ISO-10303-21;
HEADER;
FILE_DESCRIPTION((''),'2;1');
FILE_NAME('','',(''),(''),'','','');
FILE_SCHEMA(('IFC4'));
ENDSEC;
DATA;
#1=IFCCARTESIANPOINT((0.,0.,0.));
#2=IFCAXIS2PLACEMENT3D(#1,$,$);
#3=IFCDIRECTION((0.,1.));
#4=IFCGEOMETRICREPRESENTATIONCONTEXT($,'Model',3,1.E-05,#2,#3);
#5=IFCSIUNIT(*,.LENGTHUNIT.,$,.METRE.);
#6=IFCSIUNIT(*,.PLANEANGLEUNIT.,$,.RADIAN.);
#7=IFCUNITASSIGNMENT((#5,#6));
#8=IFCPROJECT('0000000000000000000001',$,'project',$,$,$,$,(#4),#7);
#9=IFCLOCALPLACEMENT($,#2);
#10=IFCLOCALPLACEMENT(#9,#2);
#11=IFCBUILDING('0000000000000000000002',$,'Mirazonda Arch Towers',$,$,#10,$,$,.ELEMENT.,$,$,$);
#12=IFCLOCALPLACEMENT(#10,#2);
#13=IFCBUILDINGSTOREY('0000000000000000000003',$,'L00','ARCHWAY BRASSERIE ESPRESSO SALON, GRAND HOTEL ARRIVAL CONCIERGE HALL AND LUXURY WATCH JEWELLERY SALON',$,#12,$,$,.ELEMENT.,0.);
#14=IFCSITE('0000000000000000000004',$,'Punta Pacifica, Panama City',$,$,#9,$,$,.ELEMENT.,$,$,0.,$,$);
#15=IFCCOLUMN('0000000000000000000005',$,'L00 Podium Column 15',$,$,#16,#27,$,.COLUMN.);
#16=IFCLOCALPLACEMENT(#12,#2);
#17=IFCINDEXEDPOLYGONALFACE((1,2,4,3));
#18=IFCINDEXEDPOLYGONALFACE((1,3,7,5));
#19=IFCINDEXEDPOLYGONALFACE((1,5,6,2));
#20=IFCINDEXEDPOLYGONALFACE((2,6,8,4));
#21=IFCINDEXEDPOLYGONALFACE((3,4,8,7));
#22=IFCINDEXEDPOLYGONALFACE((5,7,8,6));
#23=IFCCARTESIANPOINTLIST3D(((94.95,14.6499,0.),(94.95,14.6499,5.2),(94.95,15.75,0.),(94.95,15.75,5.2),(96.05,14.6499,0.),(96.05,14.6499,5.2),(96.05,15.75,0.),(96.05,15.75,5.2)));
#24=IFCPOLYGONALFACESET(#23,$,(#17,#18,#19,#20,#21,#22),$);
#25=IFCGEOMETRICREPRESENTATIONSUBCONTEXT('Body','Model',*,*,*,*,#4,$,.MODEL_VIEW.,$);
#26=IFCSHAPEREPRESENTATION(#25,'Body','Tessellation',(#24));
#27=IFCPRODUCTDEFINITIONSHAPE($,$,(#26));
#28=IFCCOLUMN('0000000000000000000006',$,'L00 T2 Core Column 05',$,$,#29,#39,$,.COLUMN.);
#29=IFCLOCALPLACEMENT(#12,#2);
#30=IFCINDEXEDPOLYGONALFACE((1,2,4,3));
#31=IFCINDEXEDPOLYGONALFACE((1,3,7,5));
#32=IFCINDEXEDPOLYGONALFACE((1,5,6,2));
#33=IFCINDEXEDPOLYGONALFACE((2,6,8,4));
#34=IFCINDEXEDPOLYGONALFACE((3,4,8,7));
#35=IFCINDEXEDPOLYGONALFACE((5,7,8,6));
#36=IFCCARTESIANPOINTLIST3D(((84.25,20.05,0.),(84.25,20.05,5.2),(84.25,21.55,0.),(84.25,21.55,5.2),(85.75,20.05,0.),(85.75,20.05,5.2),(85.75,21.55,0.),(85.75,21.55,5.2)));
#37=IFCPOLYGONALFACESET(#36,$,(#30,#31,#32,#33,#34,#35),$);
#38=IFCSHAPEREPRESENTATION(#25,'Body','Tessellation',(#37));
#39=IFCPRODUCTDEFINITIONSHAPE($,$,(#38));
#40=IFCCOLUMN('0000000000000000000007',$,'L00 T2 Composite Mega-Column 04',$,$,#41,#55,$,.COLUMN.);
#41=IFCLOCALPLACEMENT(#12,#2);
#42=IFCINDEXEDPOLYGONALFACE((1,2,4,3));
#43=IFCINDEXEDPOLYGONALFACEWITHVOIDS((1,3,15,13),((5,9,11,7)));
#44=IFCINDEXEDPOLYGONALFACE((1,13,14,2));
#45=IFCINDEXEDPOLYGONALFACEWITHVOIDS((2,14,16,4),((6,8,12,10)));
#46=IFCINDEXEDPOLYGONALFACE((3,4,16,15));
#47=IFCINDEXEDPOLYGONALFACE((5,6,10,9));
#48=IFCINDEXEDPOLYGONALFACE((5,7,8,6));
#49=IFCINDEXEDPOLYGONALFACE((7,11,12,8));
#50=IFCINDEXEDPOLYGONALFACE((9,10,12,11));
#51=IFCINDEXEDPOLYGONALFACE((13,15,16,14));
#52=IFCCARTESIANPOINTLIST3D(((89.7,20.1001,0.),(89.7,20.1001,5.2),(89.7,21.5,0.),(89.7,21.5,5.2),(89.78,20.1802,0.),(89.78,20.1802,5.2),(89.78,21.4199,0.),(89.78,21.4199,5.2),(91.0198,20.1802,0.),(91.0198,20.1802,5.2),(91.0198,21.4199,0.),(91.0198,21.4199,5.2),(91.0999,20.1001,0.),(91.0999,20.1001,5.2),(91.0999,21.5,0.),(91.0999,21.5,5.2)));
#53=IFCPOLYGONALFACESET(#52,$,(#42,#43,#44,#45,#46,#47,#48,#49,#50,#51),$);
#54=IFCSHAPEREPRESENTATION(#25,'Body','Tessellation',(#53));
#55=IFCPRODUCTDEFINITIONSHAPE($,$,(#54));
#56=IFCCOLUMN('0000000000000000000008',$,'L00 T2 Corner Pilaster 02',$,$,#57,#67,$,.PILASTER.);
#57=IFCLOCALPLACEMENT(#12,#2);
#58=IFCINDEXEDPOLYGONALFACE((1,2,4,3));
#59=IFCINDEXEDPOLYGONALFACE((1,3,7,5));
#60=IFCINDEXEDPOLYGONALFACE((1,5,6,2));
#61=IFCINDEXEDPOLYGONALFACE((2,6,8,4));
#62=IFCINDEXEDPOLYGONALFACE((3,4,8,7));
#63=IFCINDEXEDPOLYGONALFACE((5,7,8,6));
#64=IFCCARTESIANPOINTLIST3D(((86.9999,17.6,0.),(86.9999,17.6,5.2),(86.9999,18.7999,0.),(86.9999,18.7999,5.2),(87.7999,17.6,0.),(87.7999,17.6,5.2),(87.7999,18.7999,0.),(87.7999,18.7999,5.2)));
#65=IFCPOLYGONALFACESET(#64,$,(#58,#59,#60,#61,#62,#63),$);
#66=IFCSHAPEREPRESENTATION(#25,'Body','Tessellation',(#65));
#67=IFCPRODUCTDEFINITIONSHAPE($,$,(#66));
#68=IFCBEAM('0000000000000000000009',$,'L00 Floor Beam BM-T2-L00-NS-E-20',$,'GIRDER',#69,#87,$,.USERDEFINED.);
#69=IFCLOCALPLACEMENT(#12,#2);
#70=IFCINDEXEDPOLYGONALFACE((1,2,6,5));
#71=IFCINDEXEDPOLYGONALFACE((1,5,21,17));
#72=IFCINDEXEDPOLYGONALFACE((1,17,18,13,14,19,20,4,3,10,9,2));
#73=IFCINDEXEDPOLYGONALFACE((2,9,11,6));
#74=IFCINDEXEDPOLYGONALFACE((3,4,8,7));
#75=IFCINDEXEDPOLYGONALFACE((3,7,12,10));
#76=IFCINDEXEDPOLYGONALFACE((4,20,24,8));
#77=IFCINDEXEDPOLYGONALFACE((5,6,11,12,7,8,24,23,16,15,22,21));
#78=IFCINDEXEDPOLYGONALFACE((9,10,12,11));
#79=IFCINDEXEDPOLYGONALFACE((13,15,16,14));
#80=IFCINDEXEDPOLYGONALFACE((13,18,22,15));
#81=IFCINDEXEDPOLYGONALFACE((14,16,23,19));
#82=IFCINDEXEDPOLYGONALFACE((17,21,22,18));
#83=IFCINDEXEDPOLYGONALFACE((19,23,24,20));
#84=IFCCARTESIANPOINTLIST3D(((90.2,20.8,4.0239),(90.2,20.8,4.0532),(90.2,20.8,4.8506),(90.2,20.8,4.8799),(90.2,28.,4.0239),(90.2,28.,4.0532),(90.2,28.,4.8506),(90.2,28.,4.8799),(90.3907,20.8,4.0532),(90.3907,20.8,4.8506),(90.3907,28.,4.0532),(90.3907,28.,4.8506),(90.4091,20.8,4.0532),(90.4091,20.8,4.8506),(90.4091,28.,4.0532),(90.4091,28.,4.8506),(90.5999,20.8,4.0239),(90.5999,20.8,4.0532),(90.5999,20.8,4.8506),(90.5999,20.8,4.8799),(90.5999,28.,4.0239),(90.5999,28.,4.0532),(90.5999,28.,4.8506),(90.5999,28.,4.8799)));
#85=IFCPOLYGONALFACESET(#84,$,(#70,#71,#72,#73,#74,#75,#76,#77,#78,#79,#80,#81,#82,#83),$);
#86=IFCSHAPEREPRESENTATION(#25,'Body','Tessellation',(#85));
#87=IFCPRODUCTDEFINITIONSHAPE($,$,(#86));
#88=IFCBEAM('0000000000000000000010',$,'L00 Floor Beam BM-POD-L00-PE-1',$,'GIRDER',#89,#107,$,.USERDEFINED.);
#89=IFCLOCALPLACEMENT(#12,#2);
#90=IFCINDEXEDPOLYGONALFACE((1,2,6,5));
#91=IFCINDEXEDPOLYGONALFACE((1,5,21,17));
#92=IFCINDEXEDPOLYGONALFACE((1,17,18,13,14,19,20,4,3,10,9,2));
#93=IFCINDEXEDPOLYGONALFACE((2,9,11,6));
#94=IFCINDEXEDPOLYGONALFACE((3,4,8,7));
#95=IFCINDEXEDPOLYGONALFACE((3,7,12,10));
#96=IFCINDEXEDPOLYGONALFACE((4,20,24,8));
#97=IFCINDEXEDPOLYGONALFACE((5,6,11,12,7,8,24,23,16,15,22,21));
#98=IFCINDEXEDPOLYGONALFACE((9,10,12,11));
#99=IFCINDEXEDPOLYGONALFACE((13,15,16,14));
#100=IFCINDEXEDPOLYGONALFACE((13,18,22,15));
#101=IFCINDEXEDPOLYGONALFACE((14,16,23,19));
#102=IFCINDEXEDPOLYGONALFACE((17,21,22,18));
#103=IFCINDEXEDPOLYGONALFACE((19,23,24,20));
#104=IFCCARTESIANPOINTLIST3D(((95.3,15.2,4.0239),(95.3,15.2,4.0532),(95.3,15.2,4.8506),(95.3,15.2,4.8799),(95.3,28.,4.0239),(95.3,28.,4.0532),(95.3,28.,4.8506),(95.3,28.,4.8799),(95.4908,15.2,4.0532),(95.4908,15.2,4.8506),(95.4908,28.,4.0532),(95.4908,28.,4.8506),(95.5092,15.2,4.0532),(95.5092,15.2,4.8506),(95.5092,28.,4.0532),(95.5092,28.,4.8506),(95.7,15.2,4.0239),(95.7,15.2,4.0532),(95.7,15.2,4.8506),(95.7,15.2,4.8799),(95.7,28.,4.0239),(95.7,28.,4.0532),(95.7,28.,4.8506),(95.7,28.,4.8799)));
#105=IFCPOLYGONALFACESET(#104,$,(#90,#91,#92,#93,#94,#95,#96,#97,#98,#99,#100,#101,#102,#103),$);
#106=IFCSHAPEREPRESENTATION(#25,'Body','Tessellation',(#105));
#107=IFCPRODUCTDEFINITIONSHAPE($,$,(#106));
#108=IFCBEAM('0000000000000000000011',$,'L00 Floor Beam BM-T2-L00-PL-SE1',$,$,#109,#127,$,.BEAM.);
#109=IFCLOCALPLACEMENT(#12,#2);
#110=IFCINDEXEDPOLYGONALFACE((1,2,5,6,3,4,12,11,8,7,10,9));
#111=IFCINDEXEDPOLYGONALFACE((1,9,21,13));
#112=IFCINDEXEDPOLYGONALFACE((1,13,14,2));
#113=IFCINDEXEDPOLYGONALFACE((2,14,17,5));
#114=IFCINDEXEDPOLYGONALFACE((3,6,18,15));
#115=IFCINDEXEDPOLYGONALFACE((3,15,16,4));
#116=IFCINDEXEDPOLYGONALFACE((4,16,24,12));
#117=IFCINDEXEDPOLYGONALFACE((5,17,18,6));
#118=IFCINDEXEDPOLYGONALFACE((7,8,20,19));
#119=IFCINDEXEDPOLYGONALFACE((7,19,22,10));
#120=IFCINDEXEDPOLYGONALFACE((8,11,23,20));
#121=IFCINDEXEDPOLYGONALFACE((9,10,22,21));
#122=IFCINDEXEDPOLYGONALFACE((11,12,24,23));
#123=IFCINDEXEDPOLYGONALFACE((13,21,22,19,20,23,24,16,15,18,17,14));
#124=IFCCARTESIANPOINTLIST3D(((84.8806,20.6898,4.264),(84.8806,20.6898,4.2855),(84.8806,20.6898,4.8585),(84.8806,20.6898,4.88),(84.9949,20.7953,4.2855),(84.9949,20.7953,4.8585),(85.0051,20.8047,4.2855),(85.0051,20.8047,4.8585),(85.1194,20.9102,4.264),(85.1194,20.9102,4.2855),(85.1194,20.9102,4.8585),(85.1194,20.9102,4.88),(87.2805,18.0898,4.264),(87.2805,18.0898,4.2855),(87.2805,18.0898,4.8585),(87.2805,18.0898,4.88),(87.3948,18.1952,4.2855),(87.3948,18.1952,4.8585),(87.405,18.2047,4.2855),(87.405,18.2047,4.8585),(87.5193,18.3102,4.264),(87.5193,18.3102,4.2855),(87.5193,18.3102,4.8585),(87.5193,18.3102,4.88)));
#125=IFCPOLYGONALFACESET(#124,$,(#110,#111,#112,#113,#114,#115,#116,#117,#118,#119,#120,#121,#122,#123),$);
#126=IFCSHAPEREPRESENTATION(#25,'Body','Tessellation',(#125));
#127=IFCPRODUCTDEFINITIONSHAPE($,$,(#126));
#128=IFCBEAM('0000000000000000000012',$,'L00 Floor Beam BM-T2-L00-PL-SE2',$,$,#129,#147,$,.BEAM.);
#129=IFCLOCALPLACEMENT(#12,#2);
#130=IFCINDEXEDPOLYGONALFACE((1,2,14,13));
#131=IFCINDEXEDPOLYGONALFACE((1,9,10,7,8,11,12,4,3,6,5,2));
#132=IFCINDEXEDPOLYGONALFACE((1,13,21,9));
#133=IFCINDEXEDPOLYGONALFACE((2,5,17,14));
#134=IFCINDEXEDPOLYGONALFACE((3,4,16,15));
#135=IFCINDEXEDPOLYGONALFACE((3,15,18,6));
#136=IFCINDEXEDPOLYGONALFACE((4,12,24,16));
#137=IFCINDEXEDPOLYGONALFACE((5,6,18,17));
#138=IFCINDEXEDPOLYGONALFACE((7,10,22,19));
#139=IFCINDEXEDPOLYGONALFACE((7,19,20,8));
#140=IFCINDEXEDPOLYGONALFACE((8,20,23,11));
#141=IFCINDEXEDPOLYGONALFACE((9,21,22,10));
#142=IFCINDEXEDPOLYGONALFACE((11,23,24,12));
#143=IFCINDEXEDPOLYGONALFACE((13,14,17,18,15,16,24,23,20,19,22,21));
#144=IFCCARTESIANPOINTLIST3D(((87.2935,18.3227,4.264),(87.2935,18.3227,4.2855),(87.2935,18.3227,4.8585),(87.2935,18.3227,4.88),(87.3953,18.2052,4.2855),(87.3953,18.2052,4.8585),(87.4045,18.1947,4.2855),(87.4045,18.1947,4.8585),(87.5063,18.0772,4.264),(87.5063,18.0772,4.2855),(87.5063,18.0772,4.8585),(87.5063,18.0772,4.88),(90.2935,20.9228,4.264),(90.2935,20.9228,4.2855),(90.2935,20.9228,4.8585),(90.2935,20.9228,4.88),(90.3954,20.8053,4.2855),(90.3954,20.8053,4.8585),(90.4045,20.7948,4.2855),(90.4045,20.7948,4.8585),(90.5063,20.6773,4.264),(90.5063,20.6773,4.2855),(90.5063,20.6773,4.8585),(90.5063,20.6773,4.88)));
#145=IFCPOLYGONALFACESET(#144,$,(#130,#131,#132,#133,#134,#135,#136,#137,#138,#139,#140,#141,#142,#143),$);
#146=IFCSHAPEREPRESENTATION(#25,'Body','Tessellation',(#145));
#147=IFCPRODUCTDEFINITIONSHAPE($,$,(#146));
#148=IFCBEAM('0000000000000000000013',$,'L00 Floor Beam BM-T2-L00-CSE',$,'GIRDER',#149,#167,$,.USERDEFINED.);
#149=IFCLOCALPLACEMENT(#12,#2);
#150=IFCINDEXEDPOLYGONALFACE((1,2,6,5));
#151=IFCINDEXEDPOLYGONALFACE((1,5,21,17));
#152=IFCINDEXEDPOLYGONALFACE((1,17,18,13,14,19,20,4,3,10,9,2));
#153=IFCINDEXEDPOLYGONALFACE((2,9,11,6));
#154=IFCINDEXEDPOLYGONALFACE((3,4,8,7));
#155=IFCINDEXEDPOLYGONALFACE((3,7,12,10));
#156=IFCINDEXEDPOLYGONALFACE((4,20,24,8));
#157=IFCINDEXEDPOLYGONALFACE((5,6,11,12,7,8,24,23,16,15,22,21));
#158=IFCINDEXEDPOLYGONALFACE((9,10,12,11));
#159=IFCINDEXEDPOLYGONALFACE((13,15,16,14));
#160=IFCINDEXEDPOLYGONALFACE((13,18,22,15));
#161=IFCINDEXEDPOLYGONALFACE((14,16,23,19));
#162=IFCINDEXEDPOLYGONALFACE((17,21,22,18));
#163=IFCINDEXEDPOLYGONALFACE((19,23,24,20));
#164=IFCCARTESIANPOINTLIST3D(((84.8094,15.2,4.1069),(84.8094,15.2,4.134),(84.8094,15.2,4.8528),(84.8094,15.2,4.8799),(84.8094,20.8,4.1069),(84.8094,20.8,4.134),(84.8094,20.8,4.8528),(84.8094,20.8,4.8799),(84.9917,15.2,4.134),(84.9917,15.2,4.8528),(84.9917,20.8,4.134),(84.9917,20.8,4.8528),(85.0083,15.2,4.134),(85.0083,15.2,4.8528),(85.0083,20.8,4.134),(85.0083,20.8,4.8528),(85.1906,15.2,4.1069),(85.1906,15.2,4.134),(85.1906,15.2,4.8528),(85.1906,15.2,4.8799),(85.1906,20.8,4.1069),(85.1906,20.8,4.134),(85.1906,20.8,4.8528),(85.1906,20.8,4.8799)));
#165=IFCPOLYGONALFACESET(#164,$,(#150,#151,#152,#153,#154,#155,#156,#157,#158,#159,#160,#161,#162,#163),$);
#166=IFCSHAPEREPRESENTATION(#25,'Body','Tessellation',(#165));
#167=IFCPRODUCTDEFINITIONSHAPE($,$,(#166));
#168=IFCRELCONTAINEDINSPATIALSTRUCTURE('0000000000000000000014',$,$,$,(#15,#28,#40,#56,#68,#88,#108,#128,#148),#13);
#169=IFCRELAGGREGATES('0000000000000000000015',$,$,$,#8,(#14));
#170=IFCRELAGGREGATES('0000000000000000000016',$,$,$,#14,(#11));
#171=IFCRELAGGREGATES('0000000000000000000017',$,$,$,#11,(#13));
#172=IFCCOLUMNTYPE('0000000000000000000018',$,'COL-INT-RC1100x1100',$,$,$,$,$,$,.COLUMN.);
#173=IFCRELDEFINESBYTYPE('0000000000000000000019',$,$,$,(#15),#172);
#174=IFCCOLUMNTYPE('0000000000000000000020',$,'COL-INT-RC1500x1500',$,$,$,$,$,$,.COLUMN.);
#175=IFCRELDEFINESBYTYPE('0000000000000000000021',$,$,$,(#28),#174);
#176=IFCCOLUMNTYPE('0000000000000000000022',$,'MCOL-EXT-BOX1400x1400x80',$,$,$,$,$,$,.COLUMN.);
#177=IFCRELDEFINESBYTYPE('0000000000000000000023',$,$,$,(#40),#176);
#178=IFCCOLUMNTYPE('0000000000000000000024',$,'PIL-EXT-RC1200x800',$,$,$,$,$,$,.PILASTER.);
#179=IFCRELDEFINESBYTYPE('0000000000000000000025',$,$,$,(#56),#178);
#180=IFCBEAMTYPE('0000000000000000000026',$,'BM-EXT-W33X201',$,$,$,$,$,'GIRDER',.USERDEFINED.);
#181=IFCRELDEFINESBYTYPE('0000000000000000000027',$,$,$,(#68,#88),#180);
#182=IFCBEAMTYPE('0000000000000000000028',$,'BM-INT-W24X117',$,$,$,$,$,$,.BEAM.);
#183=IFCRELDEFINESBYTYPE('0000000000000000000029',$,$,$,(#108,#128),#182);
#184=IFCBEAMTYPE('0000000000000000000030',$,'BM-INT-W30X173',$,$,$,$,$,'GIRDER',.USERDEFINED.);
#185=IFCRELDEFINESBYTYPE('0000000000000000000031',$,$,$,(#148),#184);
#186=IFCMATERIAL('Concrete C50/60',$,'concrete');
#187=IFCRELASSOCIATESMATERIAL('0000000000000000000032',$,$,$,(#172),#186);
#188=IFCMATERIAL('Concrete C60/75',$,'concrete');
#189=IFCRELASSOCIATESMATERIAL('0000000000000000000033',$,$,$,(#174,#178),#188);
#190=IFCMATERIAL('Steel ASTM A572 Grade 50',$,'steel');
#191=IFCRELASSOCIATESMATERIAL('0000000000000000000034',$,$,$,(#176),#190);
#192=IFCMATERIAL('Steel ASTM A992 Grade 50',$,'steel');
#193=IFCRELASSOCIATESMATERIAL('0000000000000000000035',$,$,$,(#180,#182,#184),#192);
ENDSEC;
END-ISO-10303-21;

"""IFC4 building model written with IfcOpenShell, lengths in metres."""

from ifc_helpers import new_model, si_unit, direction, frame, origin, origin_2d, place, context, subcontext, project, spatial, rectangle, hollow_rectangle, i_section, extrude, material, material_profile, profile_set, type_object, element, save


model = new_model("IFC4")

# Units and contexts
model_context = context("Model", 3, precision=1e-05, world=origin(), true_north=direction((0.0, 1.0)))
body_context = subcontext(model_context, "Body", "Model", "MODEL_VIEW")
ifc_project = project(units=[si_unit("LENGTHUNIT", "METRE"), si_unit("PLANEANGLEUNIT", "RADIAN")], contexts=[model_context])

# Site, building, storey
site_placement = place(None, origin())
site = spatial("IfcSite", under=ifc_project, at=site_placement, Name="Punta Pacifica, Panama City", CompositionType="ELEMENT", RefElevation=0.0)
building_placement = place(site_placement, origin())
building = spatial("IfcBuilding", under=site, at=building_placement, Name="Mirazonda Arch Towers", CompositionType="ELEMENT")
storey_placement = place(building_placement, origin())
storey = spatial("IfcBuildingStorey", under=building, at=storey_placement, Name="L00", Description="ARCHWAY BRASSERIE ESPRESSO SALON, GRAND HOTEL ARRIVAL CONCIERGE HALL AND LUXURY WATCH JEWELLERY SALON", CompositionType="ELEMENT", Elevation=0.0)

# Columns
ifc_material_1 = material(Name="Concrete C50/60", Category="concrete")
ifc_material_profile_1 = material_profile(ifc_material_1, rectangle(XDim=1.1001, YDim=1.1001, at=origin_2d()), Name="RC1100x1100")
ifc_profile_set_1 = profile_set([ifc_material_profile_1], Name="Concrete C50/60")
column_type_1 = type_object("IfcColumnType", Name="COL-INT-RC1100x1100", PredefinedType="COLUMN", material=ifc_profile_set_1)
column_1_placement = place(storey_placement, frame((95.5, 15.2, 0.0), z_axis=(0.0, 0.0, 1.0), x_axis=(1.0, 0.0, 0.0)))
element("IfcColumn", 1, at=column_1_placement, inside=storey, type_object=column_type_1, Name="L00 Podium Column 15", PredefinedType="COLUMN", context=body_context, shape_type="SweptSolid", body=[
    extrude(rectangle(XDim=1.1001, YDim=1.1001, at=origin_2d()), origin(), (0.0, 0.0, 1.0), 5.2),
])
ifc_material_2 = material(Name="Concrete C60/75", Category="concrete")
ifc_material_profile_2 = material_profile(ifc_material_2, rectangle(XDim=1.5, YDim=1.5, at=origin_2d()), Name="RC1500x1500")
ifc_profile_set_2 = profile_set([ifc_material_profile_2], Name="Concrete C60/75")
column_type_2 = type_object("IfcColumnType", Name="COL-INT-RC1500x1500", PredefinedType="COLUMN", material=ifc_profile_set_2)
column_2_placement = place(storey_placement, frame((85.0, 20.8, 0.0), z_axis=(0.0, 0.0, 1.0), x_axis=(1.0, 0.0, 0.0)))
element("IfcColumn", 2, at=column_2_placement, inside=storey, type_object=column_type_2, Name="L00 T2 Core Column 05", PredefinedType="COLUMN", context=body_context, shape_type="SweptSolid", body=[
    extrude(rectangle(XDim=1.5, YDim=1.5, at=origin_2d()), origin(), (0.0, 0.0, 1.0), 5.2),
])
ifc_material_3 = material(Name="Steel ASTM A572 Grade 50", Category="steel")
ifc_material_profile_3 = material_profile(ifc_material_3, hollow_rectangle(XDim=1.3999, YDim=1.3999, WallThickness=0.0801, at=origin_2d()), Name="BOX1400x1400x80")
ifc_profile_set_3 = profile_set([ifc_material_profile_3], Name="Steel ASTM A572 Grade 50")
column_type_3 = type_object("IfcColumnType", Name="MCOL-EXT-BOX1400x1400x80", PredefinedType="COLUMN", material=ifc_profile_set_3)
column_3_placement = place(storey_placement, frame((90.3999, 20.8, 0.0), z_axis=(0.0, 0.0, 1.0), x_axis=(1.0, 0.0, 0.0)))
element("IfcColumn", 3, at=column_3_placement, inside=storey, type_object=column_type_3, Name="L00 T2 Composite Mega-Column 04", PredefinedType="COLUMN", context=body_context, shape_type="SweptSolid", body=[
    extrude(hollow_rectangle(XDim=1.3999, YDim=1.3999, WallThickness=0.0801, at=origin_2d()), origin(), (0.0, 0.0, 1.0), 5.2),
])
ifc_material_profile_4 = material_profile(ifc_material_2, rectangle(XDim=0.8, YDim=1.2, at=origin_2d()), Name="RC1200x800")
ifc_profile_set_4 = profile_set([ifc_material_profile_4], Name="Concrete C60/75")
column_type_4 = type_object("IfcColumnType", Name="PIL-EXT-RC1200x800", PredefinedType="PILASTER", material=ifc_profile_set_4)
column_4_placement = place(storey_placement, frame((87.3999, 18.2, 0.0), z_axis=(0.0, 0.0, 1.0), x_axis=(1.0, 0.0, 0.0)))
element("IfcColumn", 4, at=column_4_placement, inside=storey, type_object=column_type_4, Name="L00 T2 Corner Pilaster 02", PredefinedType="PILASTER", context=body_context, shape_type="SweptSolid", body=[
    extrude(rectangle(XDim=0.8, YDim=1.2, at=origin_2d()), origin(), (0.0, 0.0, 1.0), 5.2),
])

# Beams
ifc_material_4 = material(Name="Steel ASTM A992 Grade 50", Category="steel")
ifc_material_profile_5 = material_profile(ifc_material_4, i_section(OverallWidth=0.3999, OverallDepth=0.856, WebThickness=0.0183, FlangeThickness=0.0293, at=origin_2d()), Name="W33X201")
ifc_profile_set_5 = profile_set([ifc_material_profile_5], Name="Steel ASTM A992 Grade 50")
beam_type_1 = type_object("IfcBeamType", Name="BM-EXT-W33X201", ElementType="GIRDER", PredefinedType="USERDEFINED", material=ifc_profile_set_5)
beam_1_placement = place(storey_placement, frame((90.3999, 20.8, 4.4519), z_axis=(0.0, 1.0, 0.0), x_axis=(-1.0, 0.0, 0.0)))
element("IfcBeam", 5, at=beam_1_placement, inside=storey, type_object=beam_type_1, Name="L00 Floor Beam BM-T2-L00-NS-E-20", ObjectType="GIRDER", PredefinedType="USERDEFINED", context=body_context, shape_type="SweptSolid", body=[
    extrude(i_section(OverallWidth=0.3999, OverallDepth=0.856, WebThickness=0.0183, FlangeThickness=0.0293, at=origin_2d()), origin(), (0.0, 0.0, 1.0), 7.2),
])
beam_2_placement = place(storey_placement, frame((95.5, 15.2, 4.4519), z_axis=(0.0, 1.0, 0.0), x_axis=(-1.0, 0.0, 0.0)))
element("IfcBeam", 6, at=beam_2_placement, inside=storey, type_object=beam_type_1, Name="L00 Floor Beam BM-POD-L00-PE-1", ObjectType="GIRDER", PredefinedType="USERDEFINED", context=body_context, shape_type="SweptSolid", body=[
    extrude(i_section(OverallWidth=0.3999, OverallDepth=0.856, WebThickness=0.0183, FlangeThickness=0.0293, at=origin_2d()), origin(), (0.0, 0.0, 1.0), 12.8),
])
ifc_material_profile_6 = material_profile(ifc_material_4, i_section(OverallWidth=0.325, OverallDepth=0.616, WebThickness=0.0139, FlangeThickness=0.0215, at=origin_2d()), Name="W24X117")
ifc_profile_set_6 = profile_set([ifc_material_profile_6], Name="Steel ASTM A992 Grade 50")
beam_type_2 = type_object("IfcBeamType", Name="BM-INT-W24X117", PredefinedType="BEAM", material=ifc_profile_set_6)
beam_3_placement = place(storey_placement, frame((87.3999, 18.2, 4.572), z_axis=(-0.678251, 0.73483, 0.0), x_axis=(-0.73483, -0.678251, 0.0)))
element("IfcBeam", 7, at=beam_3_placement, inside=storey, type_object=beam_type_2, Name="L00 Floor Beam BM-T2-L00-PL-SE1", PredefinedType="BEAM", context=body_context, shape_type="SweptSolid", body=[
    extrude(i_section(OverallWidth=0.325, OverallDepth=0.616, WebThickness=0.0139, FlangeThickness=0.0215, at=origin_2d()), origin(), (0.0, 0.0, 1.0), 3.5383),
])
beam_4_placement = place(storey_placement, frame((87.3999, 18.2, 4.572), z_axis=(0.755677, 0.654945, 0.0), x_axis=(-0.654945, 0.755677, 0.0)))
element("IfcBeam", 8, at=beam_4_placement, inside=storey, type_object=beam_type_2, Name="L00 Floor Beam BM-T2-L00-PL-SE2", PredefinedType="BEAM", context=body_context, shape_type="SweptSolid", body=[
    extrude(i_section(OverallWidth=0.325, OverallDepth=0.616, WebThickness=0.0139, FlangeThickness=0.0215, at=origin_2d()), origin(), (0.0, 0.0, 1.0), 3.97),
])
ifc_material_profile_7 = material_profile(ifc_material_4, i_section(OverallWidth=0.3811, OverallDepth=0.7729, WebThickness=0.0166, FlangeThickness=0.0271, at=origin_2d()), Name="W30X173")
ifc_profile_set_7 = profile_set([ifc_material_profile_7], Name="Steel ASTM A992 Grade 50")
beam_type_3 = type_object("IfcBeamType", Name="BM-INT-W30X173", ElementType="GIRDER", PredefinedType="USERDEFINED", material=ifc_profile_set_7)
beam_5_placement = place(storey_placement, frame((85.0, 15.2, 4.4934), z_axis=(0.0, 1.0, 0.0), x_axis=(-1.0, 0.0, 0.0)))
element("IfcBeam", 9, at=beam_5_placement, inside=storey, type_object=beam_type_3, Name="L00 Floor Beam BM-T2-L00-CSE", ObjectType="GIRDER", PredefinedType="USERDEFINED", context=body_context, shape_type="SweptSolid", body=[
    extrude(i_section(OverallWidth=0.3811, OverallDepth=0.7729, WebThickness=0.0166, FlangeThickness=0.0271, at=origin_2d()), origin(), (0.0, 0.0, 1.0), 5.6001),
])

save(model, "model.ifc")
